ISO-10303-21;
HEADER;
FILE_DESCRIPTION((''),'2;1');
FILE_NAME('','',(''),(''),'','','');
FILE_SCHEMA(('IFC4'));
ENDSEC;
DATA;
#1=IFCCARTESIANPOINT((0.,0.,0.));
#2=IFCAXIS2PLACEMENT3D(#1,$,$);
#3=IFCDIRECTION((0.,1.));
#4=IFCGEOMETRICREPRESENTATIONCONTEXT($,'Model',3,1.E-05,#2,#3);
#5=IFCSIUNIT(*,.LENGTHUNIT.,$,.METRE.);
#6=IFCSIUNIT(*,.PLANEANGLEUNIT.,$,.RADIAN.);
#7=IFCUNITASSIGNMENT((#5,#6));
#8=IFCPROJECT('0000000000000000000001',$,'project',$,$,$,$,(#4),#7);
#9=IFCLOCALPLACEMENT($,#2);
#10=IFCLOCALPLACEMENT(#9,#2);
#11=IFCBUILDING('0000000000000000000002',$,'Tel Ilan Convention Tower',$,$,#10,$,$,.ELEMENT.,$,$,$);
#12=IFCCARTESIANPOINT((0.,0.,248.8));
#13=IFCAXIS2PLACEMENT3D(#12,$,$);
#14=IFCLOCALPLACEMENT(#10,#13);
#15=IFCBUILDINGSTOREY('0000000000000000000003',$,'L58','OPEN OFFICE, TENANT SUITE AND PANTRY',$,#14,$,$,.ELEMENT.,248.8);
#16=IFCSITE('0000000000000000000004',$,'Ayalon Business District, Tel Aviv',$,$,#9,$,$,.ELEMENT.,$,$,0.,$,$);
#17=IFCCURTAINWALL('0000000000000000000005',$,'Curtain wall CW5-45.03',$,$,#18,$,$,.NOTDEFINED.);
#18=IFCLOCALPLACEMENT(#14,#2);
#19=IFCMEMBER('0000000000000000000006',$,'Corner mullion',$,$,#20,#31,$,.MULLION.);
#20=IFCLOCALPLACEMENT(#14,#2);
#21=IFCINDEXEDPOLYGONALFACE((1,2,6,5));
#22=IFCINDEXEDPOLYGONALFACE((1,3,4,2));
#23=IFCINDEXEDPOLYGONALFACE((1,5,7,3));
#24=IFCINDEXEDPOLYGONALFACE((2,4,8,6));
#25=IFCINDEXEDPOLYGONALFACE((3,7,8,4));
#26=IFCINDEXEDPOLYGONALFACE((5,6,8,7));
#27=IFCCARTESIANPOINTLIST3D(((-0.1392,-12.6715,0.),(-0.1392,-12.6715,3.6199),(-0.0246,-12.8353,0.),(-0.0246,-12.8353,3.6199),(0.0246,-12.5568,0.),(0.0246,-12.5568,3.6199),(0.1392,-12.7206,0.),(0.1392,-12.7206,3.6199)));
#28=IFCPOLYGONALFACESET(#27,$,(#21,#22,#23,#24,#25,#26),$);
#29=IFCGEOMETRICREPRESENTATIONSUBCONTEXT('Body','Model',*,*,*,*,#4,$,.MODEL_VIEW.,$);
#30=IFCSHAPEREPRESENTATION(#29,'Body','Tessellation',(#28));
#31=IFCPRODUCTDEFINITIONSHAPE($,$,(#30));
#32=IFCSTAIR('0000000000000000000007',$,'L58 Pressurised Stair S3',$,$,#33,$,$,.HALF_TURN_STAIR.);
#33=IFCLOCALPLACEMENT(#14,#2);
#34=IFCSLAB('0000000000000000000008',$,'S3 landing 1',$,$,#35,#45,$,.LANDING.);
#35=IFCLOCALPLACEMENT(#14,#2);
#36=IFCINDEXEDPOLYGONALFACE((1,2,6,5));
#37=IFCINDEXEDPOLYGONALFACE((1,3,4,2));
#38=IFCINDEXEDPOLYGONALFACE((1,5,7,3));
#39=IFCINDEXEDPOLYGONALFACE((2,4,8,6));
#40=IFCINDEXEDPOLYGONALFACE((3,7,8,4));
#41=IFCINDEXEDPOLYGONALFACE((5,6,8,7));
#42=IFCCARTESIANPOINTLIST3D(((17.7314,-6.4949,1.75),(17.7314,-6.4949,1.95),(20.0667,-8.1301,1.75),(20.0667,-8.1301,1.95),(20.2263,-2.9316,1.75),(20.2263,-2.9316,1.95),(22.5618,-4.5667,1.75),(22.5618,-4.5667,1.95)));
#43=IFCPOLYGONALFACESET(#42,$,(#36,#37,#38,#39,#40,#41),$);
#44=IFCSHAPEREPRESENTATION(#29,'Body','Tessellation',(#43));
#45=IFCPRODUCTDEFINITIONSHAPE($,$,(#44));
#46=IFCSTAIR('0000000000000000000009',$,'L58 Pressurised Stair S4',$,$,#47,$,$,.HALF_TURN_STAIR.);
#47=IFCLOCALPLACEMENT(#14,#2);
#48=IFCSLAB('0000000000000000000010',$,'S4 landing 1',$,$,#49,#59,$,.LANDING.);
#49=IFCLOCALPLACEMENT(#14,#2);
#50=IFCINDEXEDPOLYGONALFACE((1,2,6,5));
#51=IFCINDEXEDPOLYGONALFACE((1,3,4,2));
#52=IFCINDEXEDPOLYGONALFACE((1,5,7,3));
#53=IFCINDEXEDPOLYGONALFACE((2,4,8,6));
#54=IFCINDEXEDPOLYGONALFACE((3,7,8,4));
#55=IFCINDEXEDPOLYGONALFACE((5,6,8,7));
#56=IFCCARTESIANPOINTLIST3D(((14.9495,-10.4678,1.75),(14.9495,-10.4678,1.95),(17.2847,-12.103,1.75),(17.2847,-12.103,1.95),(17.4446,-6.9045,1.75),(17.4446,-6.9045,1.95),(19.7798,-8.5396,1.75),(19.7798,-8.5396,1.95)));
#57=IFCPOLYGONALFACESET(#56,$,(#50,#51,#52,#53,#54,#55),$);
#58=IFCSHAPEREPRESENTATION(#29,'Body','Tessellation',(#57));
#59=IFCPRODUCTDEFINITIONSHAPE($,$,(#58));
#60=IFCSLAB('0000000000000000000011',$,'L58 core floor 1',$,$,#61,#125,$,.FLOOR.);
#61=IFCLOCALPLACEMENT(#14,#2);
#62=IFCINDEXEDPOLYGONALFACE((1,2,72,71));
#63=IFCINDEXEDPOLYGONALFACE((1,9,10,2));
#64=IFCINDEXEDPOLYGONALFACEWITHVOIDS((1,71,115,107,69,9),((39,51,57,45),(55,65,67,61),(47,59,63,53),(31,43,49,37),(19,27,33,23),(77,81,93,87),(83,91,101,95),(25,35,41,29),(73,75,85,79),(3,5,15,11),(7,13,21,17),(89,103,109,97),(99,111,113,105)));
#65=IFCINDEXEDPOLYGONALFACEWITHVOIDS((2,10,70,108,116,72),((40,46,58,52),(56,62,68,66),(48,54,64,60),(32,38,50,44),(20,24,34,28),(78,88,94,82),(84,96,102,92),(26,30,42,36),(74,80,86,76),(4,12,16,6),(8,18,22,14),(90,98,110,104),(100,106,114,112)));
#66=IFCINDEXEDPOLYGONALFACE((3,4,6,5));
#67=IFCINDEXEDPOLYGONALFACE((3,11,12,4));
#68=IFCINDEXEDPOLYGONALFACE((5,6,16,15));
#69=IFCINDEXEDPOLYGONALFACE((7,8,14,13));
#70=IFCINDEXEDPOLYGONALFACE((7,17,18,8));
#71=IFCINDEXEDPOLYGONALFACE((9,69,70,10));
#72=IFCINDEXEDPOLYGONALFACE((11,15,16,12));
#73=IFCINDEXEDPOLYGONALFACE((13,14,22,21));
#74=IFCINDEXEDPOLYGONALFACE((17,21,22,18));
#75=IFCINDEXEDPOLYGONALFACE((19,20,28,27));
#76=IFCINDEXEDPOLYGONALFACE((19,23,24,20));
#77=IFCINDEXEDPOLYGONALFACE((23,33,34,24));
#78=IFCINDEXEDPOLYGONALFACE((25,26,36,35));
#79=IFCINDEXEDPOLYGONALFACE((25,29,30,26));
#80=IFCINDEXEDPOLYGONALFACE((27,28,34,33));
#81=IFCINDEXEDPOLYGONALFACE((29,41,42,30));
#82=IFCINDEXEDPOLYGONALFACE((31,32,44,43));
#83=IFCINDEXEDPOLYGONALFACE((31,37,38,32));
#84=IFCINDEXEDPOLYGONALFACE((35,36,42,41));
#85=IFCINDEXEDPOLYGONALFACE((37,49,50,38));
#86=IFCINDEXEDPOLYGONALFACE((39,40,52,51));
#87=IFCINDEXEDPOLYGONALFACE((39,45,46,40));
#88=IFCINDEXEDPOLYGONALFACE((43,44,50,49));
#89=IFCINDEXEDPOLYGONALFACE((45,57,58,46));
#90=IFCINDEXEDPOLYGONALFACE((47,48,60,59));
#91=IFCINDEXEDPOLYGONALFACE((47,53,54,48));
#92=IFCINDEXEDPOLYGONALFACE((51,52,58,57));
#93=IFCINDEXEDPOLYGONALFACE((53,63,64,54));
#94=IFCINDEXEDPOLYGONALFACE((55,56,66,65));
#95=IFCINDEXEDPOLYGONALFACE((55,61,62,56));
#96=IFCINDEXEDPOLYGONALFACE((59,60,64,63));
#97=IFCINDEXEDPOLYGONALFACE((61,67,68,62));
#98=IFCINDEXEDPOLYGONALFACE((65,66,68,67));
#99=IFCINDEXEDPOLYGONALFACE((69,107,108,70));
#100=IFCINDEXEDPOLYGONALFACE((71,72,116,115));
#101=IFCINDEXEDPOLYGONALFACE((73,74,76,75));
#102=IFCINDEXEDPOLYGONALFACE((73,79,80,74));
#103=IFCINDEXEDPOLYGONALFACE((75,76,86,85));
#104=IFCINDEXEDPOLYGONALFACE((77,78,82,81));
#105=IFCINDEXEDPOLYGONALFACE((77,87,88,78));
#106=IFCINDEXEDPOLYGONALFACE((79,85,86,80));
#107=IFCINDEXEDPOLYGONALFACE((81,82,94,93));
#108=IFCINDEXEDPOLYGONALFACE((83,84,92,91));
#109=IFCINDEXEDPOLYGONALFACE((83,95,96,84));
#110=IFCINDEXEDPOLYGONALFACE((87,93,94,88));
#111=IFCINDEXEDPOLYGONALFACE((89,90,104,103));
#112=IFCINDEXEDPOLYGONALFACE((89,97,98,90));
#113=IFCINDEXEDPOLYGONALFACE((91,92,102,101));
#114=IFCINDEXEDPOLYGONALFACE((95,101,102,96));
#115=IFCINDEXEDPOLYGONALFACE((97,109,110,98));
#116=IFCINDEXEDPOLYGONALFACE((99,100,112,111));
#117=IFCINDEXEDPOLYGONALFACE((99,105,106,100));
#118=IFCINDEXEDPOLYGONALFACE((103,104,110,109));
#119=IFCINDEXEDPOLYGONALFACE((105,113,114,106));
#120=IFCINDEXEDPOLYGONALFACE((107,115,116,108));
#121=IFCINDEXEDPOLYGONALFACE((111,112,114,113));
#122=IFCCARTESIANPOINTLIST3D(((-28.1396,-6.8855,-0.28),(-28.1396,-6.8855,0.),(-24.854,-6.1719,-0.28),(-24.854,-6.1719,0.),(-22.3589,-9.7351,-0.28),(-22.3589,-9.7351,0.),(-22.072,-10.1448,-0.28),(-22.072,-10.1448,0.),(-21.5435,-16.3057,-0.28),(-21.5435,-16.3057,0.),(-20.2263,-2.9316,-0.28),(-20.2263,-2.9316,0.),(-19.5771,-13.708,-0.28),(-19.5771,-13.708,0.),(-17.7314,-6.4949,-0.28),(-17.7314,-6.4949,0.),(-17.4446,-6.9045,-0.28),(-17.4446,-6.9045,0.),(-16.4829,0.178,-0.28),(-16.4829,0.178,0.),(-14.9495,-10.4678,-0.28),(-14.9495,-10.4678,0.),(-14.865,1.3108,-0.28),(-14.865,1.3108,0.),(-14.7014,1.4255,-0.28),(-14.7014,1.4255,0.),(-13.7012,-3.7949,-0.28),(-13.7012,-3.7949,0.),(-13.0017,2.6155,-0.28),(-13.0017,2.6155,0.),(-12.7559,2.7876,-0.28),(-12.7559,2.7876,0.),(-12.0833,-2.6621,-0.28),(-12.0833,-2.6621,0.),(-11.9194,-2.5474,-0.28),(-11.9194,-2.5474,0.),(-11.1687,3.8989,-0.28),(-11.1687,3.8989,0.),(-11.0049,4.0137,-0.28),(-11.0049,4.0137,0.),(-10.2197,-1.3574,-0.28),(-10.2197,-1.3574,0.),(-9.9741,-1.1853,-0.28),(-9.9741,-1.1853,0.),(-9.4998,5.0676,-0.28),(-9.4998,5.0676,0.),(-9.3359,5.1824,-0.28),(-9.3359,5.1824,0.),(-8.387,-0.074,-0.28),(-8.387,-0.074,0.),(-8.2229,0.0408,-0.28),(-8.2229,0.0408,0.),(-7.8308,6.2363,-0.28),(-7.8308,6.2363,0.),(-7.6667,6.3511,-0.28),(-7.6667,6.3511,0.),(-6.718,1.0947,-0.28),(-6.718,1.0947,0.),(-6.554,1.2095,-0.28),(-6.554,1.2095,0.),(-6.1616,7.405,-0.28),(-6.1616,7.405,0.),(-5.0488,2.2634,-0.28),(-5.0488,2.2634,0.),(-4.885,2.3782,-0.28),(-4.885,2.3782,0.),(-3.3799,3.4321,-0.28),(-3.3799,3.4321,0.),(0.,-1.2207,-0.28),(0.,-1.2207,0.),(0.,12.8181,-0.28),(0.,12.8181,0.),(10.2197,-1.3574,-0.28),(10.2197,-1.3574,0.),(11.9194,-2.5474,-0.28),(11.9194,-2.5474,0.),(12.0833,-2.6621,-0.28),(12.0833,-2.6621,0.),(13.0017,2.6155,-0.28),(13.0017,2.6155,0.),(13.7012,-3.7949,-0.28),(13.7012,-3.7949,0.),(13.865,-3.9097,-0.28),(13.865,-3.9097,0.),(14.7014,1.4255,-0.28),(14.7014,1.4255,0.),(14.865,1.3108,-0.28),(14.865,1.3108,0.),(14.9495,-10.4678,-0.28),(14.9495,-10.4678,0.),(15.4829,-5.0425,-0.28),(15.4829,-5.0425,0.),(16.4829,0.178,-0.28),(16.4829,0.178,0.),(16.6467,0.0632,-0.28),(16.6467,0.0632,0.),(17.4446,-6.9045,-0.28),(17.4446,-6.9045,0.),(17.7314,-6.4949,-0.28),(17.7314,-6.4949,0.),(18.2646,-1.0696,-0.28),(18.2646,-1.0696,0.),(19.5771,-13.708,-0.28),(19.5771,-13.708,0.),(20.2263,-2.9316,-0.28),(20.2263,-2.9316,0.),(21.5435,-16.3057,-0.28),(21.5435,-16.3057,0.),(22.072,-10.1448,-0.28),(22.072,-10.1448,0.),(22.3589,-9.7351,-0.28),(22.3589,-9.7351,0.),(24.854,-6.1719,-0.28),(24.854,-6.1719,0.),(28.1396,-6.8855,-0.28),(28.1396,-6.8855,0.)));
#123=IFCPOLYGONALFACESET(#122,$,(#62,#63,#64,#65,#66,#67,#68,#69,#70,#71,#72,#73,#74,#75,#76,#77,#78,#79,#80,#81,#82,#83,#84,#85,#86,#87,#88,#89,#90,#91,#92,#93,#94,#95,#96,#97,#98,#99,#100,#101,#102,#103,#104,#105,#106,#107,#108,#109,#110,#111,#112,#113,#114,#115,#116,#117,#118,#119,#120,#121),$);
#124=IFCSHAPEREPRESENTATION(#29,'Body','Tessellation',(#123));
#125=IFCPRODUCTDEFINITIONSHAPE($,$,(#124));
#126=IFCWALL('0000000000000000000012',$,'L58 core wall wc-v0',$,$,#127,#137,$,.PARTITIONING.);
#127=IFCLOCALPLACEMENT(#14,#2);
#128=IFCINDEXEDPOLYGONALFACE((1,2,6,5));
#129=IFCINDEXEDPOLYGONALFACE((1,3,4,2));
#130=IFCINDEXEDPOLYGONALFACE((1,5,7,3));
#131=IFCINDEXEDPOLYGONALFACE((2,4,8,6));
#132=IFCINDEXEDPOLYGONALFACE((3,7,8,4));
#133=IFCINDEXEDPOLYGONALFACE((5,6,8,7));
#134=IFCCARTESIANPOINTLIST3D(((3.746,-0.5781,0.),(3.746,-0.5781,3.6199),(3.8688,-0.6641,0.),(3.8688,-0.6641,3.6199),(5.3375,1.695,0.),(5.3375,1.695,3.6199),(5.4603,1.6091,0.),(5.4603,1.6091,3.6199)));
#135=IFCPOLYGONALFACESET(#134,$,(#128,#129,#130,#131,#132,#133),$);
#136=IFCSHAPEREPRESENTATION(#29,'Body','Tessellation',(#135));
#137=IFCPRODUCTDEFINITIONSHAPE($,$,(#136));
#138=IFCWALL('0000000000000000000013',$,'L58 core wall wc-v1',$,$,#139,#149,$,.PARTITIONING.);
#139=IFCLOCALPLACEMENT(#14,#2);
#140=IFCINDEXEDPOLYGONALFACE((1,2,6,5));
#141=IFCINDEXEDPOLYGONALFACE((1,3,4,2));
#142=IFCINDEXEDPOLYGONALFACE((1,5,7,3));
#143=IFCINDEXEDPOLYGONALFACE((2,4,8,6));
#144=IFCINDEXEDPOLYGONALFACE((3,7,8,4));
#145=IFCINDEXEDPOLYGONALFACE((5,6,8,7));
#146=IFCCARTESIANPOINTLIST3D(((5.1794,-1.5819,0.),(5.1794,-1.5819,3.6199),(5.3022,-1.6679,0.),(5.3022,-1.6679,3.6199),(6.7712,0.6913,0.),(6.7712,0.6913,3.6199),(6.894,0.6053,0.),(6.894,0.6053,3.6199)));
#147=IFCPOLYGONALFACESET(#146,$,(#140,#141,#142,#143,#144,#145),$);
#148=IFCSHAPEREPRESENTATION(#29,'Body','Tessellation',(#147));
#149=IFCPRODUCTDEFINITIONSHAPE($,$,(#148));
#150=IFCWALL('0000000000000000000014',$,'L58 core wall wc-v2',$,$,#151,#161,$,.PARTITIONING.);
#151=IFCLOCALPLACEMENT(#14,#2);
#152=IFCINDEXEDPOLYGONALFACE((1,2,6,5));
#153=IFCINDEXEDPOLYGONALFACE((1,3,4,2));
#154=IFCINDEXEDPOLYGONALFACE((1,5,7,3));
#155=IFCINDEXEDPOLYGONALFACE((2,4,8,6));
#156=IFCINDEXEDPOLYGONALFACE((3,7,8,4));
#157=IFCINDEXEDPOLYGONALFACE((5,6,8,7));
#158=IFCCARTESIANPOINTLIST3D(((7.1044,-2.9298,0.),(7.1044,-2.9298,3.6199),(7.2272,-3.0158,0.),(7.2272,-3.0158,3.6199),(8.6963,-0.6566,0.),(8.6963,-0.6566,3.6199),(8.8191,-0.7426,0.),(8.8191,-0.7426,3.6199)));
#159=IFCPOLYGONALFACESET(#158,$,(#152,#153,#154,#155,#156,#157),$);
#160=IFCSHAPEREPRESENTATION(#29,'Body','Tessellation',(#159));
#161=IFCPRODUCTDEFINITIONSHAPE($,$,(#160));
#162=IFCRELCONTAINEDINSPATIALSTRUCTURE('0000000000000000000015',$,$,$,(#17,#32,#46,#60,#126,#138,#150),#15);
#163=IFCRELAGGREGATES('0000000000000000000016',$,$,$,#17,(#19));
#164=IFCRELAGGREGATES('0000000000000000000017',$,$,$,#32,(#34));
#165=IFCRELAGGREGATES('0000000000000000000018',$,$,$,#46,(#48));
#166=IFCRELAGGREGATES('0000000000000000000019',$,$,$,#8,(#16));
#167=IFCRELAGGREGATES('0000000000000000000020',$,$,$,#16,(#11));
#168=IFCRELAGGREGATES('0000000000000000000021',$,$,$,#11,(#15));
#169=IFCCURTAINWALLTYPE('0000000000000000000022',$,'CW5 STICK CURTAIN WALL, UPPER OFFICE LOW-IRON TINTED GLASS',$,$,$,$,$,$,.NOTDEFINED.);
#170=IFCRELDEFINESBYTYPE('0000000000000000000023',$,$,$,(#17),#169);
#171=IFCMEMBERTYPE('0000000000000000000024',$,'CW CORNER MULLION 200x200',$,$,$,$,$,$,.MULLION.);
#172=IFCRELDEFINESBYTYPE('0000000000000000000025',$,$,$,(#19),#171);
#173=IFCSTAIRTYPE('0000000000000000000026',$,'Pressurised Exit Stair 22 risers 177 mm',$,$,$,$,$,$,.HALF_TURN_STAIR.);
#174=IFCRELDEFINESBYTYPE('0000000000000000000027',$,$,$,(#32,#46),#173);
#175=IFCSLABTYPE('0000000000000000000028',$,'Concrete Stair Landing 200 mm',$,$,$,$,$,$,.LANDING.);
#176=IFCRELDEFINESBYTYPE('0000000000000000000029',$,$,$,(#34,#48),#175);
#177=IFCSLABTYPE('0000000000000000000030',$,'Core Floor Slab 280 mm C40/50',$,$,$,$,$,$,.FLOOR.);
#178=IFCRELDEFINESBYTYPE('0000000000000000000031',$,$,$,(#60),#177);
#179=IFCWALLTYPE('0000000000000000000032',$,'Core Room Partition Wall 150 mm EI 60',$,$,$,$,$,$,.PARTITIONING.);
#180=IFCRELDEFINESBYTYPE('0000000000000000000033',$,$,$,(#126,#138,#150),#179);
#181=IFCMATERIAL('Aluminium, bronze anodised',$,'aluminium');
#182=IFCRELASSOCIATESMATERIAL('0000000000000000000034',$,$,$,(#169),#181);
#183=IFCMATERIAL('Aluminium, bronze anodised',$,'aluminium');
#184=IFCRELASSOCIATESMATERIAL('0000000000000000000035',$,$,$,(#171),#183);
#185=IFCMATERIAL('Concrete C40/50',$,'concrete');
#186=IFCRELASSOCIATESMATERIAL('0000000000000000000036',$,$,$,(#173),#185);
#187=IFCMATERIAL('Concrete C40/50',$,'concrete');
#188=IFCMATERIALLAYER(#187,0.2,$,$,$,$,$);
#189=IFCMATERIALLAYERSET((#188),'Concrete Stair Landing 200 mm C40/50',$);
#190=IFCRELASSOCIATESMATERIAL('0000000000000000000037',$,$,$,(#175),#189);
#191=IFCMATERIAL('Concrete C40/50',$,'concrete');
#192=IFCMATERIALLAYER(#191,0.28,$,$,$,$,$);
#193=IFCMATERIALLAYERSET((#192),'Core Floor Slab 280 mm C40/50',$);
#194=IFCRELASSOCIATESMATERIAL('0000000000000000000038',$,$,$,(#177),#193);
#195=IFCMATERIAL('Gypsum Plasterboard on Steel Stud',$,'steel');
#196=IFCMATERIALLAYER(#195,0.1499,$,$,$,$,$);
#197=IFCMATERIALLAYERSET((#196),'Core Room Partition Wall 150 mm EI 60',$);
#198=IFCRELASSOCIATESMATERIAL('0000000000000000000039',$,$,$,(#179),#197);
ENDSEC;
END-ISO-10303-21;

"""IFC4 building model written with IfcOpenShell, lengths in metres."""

from ifc_helpers import new_model, si_unit, direction, frame, frame_2d, origin, origin_2d, place, context, subcontext, project, spatial, polyline, rectangle, outline, extrude, material, layer, layer_set, material_profile, profile_set, type_object, element, aggregate, save


model = new_model("IFC4")

# Units and contexts
model_context = context("Model", 3, precision=1e-05, world=origin(), true_north=direction((0.0, 1.0)))
body_context = subcontext(model_context, "Body", "Model", "MODEL_VIEW")
ifc_project = project(units=[si_unit("LENGTHUNIT", "METRE"), si_unit("PLANEANGLEUNIT", "RADIAN")], contexts=[model_context])

# Site, building, storey
site_placement = place(None, origin())
site = spatial("IfcSite", under=ifc_project, at=site_placement, Name="Ayalon Business District, Tel Aviv", CompositionType="ELEMENT", RefElevation=0.0)
building_placement = place(site_placement, origin())
building = spatial("IfcBuilding", under=site, at=building_placement, Name="Tel Ilan Convention Tower", CompositionType="ELEMENT")
storey_placement = place(building_placement, frame((0.0, 0.0, 248.8)))
storey = spatial("IfcBuildingStorey", under=building, at=storey_placement, Name="L58", Description="OPEN OFFICE, TENANT SUITE AND PANTRY", CompositionType="ELEMENT", Elevation=248.8)

# Curtain wall, member
ifc_material_1 = material(Name="Aluminium, bronze anodised", Category="aluminium")
curtain_wall_type = type_object("IfcCurtainWallType", Name="CW5 STICK CURTAIN WALL, UPPER OFFICE LOW-IRON TINTED GLASS", PredefinedType="NOTDEFINED", material=ifc_material_1)
curtain_wall_placement = place(storey_placement, origin())
curtain_wall = element("IfcCurtainWall", 1, at=curtain_wall_placement, inside=storey, type_object=curtain_wall_type, Name="Curtain wall CW5-45.03", PredefinedType="NOTDEFINED")
ifc_material_2 = material(Name="Aluminium, bronze anodised", Category="aluminium")
ifc_material_profile = material_profile(ifc_material_2, rectangle(XDim=0.2, YDim=0.2, at=origin_2d()), Name="CW CORNER MULLION 200x200")
ifc_profile_set = profile_set([ifc_material_profile], Name="Aluminium, bronze anodised")
member_type = type_object("IfcMemberType", Name="CW CORNER MULLION 200x200", PredefinedType="MULLION", material=ifc_profile_set)
member_placement = place(storey_placement, frame((0.0, -12.696, 0.0), z_axis=(0.0, 0.0, 1.0), x_axis=(0.819152, 0.573576, 0.0)))
member = element("IfcMember", 2, at=member_placement, type_object=member_type, Name="Corner mullion", PredefinedType="MULLION", context=body_context, shape_type="SweptSolid", body=[
    extrude(rectangle(XDim=0.2, YDim=0.2, at=origin_2d()), origin(), (0.0, 0.0, 1.0), 3.6199),
])
aggregate(curtain_wall, [member])

# Stairs, slabs
ifc_material_3 = material(Name="Concrete C40/50", Category="concrete")
stair_type = type_object("IfcStairType", Name="Pressurised Exit Stair 22 risers 177 mm", PredefinedType="HALF_TURN_STAIR", material=ifc_material_3)
stair_1_placement = place(storey_placement, origin())
stair_1 = element("IfcStair", 3, at=stair_1_placement, inside=storey, type_object=stair_type, Name="L58 Pressurised Stair S3", PredefinedType="HALF_TURN_STAIR")
ifc_material_4 = material(Name="Concrete C40/50", Category="concrete")
ifc_layer_1 = layer(ifc_material_4, 0.2)
ifc_layer_set_1 = layer_set([ifc_layer_1], Name="Concrete Stair Landing 200 mm C40/50")
slab_type_1 = type_object("IfcSlabType", Name="Concrete Stair Landing 200 mm", PredefinedType="LANDING", material=ifc_layer_set_1)
slab_1_placement = place(storey_placement, frame((0.0, 0.0, 1.75)))
slab_1 = element("IfcSlab", 4, at=slab_1_placement, type_object=slab_type_1, Name="S3 landing 1", PredefinedType="LANDING", context=body_context, shape_type="SweptSolid", body=[
    extrude(outline(polyline([(22.5618, -4.5667), (20.2263, -2.9316), (17.7314, -6.4949), (20.0667, -8.1301), (22.5618, -4.5667)])), origin(), (0.0, 0.0, 1.0), 0.2),
])
aggregate(stair_1, [slab_1])
stair_2_placement = place(storey_placement, origin())
stair_2 = element("IfcStair", 5, at=stair_2_placement, inside=storey, type_object=stair_type, Name="L58 Pressurised Stair S4", PredefinedType="HALF_TURN_STAIR")
slab_2_placement = place(storey_placement, frame((0.0, 0.0, 1.75)))
slab_2 = element("IfcSlab", 6, at=slab_2_placement, type_object=slab_type_1, Name="S4 landing 1", PredefinedType="LANDING", context=body_context, shape_type="SweptSolid", body=[
    extrude(outline(polyline([(19.7798, -8.5396), (17.4446, -6.9045), (14.9495, -10.4678), (17.2847, -12.103), (19.7798, -8.5396)])), origin(), (0.0, 0.0, 1.0), 0.2),
])
aggregate(stair_2, [slab_2])

# Slab
ifc_material_5 = material(Name="Concrete C40/50", Category="concrete")
ifc_layer_2 = layer(ifc_material_5, 0.28)
ifc_layer_set_2 = layer_set([ifc_layer_2], Name="Core Floor Slab 280 mm C40/50")
slab_type_2 = type_object("IfcSlabType", Name="Core Floor Slab 280 mm C40/50", PredefinedType="FLOOR", material=ifc_layer_set_2)
slab_3_placement = place(storey_placement, frame((0.0, 0.0, -0.28)))
element("IfcSlab", 7, at=slab_3_placement, inside=storey, type_object=slab_type_2, Name="L58 core floor 1", PredefinedType="FLOOR", context=body_context, shape_type="SweptSolid", body=[
    extrude(outline(polyline([(-28.1396, -6.8855), (0.0, 12.8181), (28.1396, -6.8855), (21.5435, -16.3057), (0.0, -1.2207), (-21.5435, -16.3057), (-28.1396, -6.8855)]), holes=[polyline([(-17.4446, -6.9045), (-22.072, -10.1448), (-19.5771, -13.708), (-14.9495, -10.4678), (-17.4446, -6.9045)]), polyline([(-17.7314, -6.4949), (-20.2263, -2.9316), (-24.854, -6.1719), (-22.3589, -9.7351), (-17.7314, -6.4949)]), polyline([(-14.865, 1.3108), (-16.4829, 0.178), (-13.7012, -3.7949), (-12.0833, -2.6621), (-14.865, 1.3108)]), polyline([(-14.7014, 1.4255), (-11.9194, -2.5474), (-10.2197, -1.3574), (-13.0017, 2.6155), (-14.7014, 1.4255)]), polyline([(-11.1687, 3.8989), (-12.7559, 2.7876), (-9.9741, -1.1853), (-8.387, -0.074), (-11.1687, 3.8989)]), polyline([(-9.4998, 5.0676), (-11.0049, 4.0137), (-8.2229, 0.0408), (-6.718, 1.0947), (-9.4998, 5.0676)]), polyline([(-9.3359, 5.1824), (-6.554, 1.2095), (-5.0488, 2.2634), (-7.8308, 6.2363), (-9.3359, 5.1824)]), polyline([(17.4446, -6.9045), (14.9495, -10.4678), (19.5771, -13.708), (22.072, -10.1448), (17.4446, -6.9045)]), polyline([(20.2263, -2.9316), (17.7314, -6.4949), (22.3589, -9.7351), (24.854, -6.1719), (20.2263, -2.9316)]), polyline([(15.4829, -5.0425), (18.2646, -1.0696), (16.6467, 0.0632), (13.865, -3.9097), (15.4829, -5.0425)]), polyline([(13.7012, -3.7949), (16.4829, 0.178), (14.865, 1.3108), (12.0833, -2.6621), (13.7012, -3.7949)]), polyline([(11.9194, -2.5474), (14.7014, 1.4255), (13.0017, 2.6155), (10.2197, -1.3574), (11.9194, -2.5474)]), polyline([(-6.1616, 7.405), (-7.6667, 6.3511), (-4.885, 2.3782), (-3.3799, 3.4321), (-6.1616, 7.405)])]), origin(), (0.0, 0.0, 1.0), 0.28),
])

# Walls
ifc_material_6 = material(Name="Gypsum Plasterboard on Steel Stud", Category="steel")
ifc_layer_3 = layer(ifc_material_6, 0.1499)
ifc_layer_set_3 = layer_set([ifc_layer_3], Name="Core Room Partition Wall 150 mm EI 60")
wall_type_1 = type_object("IfcWallType", Name="Core Room Partition Wall 150 mm EI 60", PredefinedType="PARTITIONING", material=ifc_layer_set_3)
wall_1_placement = place(storey_placement, frame((3.8074, -0.6211, 0.0), z_axis=(0.0, 0.0, 1.0), x_axis=(0.573539, 0.819178, 0.0)))
element("IfcWall", 8, at=wall_1_placement, inside=storey, type_object=wall_type_1, Name="L58 core wall wc-v0", PredefinedType="PARTITIONING", context=body_context, shape_type="SweptSolid", body=[
    extrude(rectangle(XDim=2.7749, YDim=0.1499, at=frame_2d((1.3875, 0.0))), origin(), (0.0, 0.0, 1.0), 3.6199),
])
for number, where, z_axis, x_axis, name in (
    (9, (5.2407, -1.625, 0.0), (0.0, 0.0, 1.0), (0.573598, 0.819137, 0.0), "L58 core wall wc-v1"),
    (10, (7.1658, -2.9729, 0.0), (0.0, 0.0, 1.0), (0.573598, 0.819137, 0.0), "L58 core wall wc-v2"),
):
    element("IfcWall", number, at=place(storey_placement, frame(where, z_axis=z_axis, x_axis=x_axis)), inside=storey, type_object=wall_type_1, Name=name, PredefinedType="PARTITIONING", context=body_context, shape_type="SweptSolid", body=[
        extrude(rectangle(XDim=2.7751, YDim=0.1499, at=frame_2d((1.3877, 0.0))), origin(), (0.0, 0.0, 1.0), 3.6199),
    ])

save(model, "model.ifc")
